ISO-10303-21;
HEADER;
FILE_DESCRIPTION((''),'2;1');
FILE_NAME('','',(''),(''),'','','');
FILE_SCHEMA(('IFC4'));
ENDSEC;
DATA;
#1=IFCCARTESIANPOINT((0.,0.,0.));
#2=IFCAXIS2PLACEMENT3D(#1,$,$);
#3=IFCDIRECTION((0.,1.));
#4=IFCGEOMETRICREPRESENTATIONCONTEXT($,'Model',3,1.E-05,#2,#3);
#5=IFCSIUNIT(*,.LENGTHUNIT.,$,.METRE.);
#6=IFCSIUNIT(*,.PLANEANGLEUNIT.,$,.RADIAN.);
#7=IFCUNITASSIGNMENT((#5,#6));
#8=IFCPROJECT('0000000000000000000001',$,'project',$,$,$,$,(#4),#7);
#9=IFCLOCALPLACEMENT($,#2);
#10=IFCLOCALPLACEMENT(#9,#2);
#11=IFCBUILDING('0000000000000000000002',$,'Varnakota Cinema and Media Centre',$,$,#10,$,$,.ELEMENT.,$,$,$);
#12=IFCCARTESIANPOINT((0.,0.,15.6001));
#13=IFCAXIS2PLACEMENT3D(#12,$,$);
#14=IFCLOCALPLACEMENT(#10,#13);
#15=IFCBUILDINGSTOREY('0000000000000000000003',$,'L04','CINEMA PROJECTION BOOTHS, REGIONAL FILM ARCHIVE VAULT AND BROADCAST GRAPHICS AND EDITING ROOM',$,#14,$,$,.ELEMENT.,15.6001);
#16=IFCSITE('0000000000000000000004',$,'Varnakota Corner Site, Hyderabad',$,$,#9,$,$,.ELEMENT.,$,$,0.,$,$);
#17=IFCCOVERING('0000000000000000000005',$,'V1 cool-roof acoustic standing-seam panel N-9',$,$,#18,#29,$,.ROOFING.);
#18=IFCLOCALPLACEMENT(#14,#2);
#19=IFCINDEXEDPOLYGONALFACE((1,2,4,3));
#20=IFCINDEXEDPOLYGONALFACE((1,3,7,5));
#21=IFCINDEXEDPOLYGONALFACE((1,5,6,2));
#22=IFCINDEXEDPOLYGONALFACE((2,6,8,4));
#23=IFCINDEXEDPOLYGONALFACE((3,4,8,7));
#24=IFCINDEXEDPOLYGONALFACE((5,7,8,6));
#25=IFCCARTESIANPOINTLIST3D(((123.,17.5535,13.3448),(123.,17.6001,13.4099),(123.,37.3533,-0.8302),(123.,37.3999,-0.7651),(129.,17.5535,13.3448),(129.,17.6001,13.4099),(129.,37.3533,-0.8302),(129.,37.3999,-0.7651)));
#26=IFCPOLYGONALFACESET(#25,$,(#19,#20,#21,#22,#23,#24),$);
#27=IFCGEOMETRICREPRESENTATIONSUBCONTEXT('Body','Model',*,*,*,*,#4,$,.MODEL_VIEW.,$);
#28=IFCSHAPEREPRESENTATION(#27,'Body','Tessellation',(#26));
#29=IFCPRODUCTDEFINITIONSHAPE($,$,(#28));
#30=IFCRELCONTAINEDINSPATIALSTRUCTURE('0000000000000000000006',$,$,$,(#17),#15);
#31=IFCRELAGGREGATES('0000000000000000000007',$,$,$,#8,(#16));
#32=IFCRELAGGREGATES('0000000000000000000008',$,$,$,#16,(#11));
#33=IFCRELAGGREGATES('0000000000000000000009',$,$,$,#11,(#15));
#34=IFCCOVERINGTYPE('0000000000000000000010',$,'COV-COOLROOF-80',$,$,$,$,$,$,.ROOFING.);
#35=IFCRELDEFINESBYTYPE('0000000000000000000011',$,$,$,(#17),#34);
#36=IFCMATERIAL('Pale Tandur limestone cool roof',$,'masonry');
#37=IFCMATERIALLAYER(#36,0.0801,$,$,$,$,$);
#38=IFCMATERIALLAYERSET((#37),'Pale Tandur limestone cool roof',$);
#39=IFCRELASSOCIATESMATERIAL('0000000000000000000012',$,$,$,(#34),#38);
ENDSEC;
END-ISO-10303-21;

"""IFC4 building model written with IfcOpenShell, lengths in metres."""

from ifc_helpers import new_model, si_unit, direction, frame, origin, place, context, subcontext, project, spatial, polyline, outline, extrude, material, layer, layer_set, type_object, element, save


model = new_model("IFC4")

# Units and contexts
model_context = context("Model", 3, precision=1e-05, world=origin(), true_north=direction((0.0, 1.0)))
body_context = subcontext(model_context, "Body", "Model", "MODEL_VIEW")
ifc_project = project(units=[si_unit("LENGTHUNIT", "METRE"), si_unit("PLANEANGLEUNIT", "RADIAN")], contexts=[model_context])

# Site, building, storey
site_placement = place(None, origin())
site = spatial("IfcSite", under=ifc_project, at=site_placement, Name="Varnakota Corner Site, Hyderabad", CompositionType="ELEMENT", RefElevation=0.0)
building_placement = place(site_placement, origin())
building = spatial("IfcBuilding", under=site, at=building_placement, Name="Varnakota Cinema and Media Centre", CompositionType="ELEMENT")
storey_placement = place(building_placement, frame((0.0, 0.0, 15.6001)))
storey = spatial("IfcBuildingStorey", under=building, at=storey_placement, Name="L04", Description="CINEMA PROJECTION BOOTHS, REGIONAL FILM ARCHIVE VAULT AND BROADCAST GRAPHICS AND EDITING ROOM", CompositionType="ELEMENT", Elevation=15.6001)

# Covering
ifc_material_1 = material(Name="Pale Tandur limestone cool roof", Category="masonry")
ifc_layer_1 = layer(ifc_material_1, 0.0801)
ifc_layer_set_1 = layer_set([ifc_layer_1], Name="Pale Tandur limestone cool roof")
covering_type = type_object("IfcCoveringType", Name="COV-COOLROOF-80", PredefinedType="ROOFING", material=ifc_layer_set_1)
covering_placement = place(storey_placement, frame((123.0, 17.6001, 13.4099), z_axis=(0.0, 0.582117, 0.813105), x_axis=(1.0, 0.0, 0.0)))
element("IfcCovering", 1, at=covering_placement, inside=storey, type_object=covering_type, Name="V1 cool-roof acoustic standing-seam panel N-9", PredefinedType="ROOFING", context=body_context, shape_type="SweptSolid", body=[
    extrude(outline(polyline([(0.0, 0.0), (6.0, 0.0), (6.0, 24.3509), (0.0, 24.3509), (0.0, 0.0)])), origin(), (0.0, 0.0, -1.0), 0.0801),
])

save(model, "model.ifc")
